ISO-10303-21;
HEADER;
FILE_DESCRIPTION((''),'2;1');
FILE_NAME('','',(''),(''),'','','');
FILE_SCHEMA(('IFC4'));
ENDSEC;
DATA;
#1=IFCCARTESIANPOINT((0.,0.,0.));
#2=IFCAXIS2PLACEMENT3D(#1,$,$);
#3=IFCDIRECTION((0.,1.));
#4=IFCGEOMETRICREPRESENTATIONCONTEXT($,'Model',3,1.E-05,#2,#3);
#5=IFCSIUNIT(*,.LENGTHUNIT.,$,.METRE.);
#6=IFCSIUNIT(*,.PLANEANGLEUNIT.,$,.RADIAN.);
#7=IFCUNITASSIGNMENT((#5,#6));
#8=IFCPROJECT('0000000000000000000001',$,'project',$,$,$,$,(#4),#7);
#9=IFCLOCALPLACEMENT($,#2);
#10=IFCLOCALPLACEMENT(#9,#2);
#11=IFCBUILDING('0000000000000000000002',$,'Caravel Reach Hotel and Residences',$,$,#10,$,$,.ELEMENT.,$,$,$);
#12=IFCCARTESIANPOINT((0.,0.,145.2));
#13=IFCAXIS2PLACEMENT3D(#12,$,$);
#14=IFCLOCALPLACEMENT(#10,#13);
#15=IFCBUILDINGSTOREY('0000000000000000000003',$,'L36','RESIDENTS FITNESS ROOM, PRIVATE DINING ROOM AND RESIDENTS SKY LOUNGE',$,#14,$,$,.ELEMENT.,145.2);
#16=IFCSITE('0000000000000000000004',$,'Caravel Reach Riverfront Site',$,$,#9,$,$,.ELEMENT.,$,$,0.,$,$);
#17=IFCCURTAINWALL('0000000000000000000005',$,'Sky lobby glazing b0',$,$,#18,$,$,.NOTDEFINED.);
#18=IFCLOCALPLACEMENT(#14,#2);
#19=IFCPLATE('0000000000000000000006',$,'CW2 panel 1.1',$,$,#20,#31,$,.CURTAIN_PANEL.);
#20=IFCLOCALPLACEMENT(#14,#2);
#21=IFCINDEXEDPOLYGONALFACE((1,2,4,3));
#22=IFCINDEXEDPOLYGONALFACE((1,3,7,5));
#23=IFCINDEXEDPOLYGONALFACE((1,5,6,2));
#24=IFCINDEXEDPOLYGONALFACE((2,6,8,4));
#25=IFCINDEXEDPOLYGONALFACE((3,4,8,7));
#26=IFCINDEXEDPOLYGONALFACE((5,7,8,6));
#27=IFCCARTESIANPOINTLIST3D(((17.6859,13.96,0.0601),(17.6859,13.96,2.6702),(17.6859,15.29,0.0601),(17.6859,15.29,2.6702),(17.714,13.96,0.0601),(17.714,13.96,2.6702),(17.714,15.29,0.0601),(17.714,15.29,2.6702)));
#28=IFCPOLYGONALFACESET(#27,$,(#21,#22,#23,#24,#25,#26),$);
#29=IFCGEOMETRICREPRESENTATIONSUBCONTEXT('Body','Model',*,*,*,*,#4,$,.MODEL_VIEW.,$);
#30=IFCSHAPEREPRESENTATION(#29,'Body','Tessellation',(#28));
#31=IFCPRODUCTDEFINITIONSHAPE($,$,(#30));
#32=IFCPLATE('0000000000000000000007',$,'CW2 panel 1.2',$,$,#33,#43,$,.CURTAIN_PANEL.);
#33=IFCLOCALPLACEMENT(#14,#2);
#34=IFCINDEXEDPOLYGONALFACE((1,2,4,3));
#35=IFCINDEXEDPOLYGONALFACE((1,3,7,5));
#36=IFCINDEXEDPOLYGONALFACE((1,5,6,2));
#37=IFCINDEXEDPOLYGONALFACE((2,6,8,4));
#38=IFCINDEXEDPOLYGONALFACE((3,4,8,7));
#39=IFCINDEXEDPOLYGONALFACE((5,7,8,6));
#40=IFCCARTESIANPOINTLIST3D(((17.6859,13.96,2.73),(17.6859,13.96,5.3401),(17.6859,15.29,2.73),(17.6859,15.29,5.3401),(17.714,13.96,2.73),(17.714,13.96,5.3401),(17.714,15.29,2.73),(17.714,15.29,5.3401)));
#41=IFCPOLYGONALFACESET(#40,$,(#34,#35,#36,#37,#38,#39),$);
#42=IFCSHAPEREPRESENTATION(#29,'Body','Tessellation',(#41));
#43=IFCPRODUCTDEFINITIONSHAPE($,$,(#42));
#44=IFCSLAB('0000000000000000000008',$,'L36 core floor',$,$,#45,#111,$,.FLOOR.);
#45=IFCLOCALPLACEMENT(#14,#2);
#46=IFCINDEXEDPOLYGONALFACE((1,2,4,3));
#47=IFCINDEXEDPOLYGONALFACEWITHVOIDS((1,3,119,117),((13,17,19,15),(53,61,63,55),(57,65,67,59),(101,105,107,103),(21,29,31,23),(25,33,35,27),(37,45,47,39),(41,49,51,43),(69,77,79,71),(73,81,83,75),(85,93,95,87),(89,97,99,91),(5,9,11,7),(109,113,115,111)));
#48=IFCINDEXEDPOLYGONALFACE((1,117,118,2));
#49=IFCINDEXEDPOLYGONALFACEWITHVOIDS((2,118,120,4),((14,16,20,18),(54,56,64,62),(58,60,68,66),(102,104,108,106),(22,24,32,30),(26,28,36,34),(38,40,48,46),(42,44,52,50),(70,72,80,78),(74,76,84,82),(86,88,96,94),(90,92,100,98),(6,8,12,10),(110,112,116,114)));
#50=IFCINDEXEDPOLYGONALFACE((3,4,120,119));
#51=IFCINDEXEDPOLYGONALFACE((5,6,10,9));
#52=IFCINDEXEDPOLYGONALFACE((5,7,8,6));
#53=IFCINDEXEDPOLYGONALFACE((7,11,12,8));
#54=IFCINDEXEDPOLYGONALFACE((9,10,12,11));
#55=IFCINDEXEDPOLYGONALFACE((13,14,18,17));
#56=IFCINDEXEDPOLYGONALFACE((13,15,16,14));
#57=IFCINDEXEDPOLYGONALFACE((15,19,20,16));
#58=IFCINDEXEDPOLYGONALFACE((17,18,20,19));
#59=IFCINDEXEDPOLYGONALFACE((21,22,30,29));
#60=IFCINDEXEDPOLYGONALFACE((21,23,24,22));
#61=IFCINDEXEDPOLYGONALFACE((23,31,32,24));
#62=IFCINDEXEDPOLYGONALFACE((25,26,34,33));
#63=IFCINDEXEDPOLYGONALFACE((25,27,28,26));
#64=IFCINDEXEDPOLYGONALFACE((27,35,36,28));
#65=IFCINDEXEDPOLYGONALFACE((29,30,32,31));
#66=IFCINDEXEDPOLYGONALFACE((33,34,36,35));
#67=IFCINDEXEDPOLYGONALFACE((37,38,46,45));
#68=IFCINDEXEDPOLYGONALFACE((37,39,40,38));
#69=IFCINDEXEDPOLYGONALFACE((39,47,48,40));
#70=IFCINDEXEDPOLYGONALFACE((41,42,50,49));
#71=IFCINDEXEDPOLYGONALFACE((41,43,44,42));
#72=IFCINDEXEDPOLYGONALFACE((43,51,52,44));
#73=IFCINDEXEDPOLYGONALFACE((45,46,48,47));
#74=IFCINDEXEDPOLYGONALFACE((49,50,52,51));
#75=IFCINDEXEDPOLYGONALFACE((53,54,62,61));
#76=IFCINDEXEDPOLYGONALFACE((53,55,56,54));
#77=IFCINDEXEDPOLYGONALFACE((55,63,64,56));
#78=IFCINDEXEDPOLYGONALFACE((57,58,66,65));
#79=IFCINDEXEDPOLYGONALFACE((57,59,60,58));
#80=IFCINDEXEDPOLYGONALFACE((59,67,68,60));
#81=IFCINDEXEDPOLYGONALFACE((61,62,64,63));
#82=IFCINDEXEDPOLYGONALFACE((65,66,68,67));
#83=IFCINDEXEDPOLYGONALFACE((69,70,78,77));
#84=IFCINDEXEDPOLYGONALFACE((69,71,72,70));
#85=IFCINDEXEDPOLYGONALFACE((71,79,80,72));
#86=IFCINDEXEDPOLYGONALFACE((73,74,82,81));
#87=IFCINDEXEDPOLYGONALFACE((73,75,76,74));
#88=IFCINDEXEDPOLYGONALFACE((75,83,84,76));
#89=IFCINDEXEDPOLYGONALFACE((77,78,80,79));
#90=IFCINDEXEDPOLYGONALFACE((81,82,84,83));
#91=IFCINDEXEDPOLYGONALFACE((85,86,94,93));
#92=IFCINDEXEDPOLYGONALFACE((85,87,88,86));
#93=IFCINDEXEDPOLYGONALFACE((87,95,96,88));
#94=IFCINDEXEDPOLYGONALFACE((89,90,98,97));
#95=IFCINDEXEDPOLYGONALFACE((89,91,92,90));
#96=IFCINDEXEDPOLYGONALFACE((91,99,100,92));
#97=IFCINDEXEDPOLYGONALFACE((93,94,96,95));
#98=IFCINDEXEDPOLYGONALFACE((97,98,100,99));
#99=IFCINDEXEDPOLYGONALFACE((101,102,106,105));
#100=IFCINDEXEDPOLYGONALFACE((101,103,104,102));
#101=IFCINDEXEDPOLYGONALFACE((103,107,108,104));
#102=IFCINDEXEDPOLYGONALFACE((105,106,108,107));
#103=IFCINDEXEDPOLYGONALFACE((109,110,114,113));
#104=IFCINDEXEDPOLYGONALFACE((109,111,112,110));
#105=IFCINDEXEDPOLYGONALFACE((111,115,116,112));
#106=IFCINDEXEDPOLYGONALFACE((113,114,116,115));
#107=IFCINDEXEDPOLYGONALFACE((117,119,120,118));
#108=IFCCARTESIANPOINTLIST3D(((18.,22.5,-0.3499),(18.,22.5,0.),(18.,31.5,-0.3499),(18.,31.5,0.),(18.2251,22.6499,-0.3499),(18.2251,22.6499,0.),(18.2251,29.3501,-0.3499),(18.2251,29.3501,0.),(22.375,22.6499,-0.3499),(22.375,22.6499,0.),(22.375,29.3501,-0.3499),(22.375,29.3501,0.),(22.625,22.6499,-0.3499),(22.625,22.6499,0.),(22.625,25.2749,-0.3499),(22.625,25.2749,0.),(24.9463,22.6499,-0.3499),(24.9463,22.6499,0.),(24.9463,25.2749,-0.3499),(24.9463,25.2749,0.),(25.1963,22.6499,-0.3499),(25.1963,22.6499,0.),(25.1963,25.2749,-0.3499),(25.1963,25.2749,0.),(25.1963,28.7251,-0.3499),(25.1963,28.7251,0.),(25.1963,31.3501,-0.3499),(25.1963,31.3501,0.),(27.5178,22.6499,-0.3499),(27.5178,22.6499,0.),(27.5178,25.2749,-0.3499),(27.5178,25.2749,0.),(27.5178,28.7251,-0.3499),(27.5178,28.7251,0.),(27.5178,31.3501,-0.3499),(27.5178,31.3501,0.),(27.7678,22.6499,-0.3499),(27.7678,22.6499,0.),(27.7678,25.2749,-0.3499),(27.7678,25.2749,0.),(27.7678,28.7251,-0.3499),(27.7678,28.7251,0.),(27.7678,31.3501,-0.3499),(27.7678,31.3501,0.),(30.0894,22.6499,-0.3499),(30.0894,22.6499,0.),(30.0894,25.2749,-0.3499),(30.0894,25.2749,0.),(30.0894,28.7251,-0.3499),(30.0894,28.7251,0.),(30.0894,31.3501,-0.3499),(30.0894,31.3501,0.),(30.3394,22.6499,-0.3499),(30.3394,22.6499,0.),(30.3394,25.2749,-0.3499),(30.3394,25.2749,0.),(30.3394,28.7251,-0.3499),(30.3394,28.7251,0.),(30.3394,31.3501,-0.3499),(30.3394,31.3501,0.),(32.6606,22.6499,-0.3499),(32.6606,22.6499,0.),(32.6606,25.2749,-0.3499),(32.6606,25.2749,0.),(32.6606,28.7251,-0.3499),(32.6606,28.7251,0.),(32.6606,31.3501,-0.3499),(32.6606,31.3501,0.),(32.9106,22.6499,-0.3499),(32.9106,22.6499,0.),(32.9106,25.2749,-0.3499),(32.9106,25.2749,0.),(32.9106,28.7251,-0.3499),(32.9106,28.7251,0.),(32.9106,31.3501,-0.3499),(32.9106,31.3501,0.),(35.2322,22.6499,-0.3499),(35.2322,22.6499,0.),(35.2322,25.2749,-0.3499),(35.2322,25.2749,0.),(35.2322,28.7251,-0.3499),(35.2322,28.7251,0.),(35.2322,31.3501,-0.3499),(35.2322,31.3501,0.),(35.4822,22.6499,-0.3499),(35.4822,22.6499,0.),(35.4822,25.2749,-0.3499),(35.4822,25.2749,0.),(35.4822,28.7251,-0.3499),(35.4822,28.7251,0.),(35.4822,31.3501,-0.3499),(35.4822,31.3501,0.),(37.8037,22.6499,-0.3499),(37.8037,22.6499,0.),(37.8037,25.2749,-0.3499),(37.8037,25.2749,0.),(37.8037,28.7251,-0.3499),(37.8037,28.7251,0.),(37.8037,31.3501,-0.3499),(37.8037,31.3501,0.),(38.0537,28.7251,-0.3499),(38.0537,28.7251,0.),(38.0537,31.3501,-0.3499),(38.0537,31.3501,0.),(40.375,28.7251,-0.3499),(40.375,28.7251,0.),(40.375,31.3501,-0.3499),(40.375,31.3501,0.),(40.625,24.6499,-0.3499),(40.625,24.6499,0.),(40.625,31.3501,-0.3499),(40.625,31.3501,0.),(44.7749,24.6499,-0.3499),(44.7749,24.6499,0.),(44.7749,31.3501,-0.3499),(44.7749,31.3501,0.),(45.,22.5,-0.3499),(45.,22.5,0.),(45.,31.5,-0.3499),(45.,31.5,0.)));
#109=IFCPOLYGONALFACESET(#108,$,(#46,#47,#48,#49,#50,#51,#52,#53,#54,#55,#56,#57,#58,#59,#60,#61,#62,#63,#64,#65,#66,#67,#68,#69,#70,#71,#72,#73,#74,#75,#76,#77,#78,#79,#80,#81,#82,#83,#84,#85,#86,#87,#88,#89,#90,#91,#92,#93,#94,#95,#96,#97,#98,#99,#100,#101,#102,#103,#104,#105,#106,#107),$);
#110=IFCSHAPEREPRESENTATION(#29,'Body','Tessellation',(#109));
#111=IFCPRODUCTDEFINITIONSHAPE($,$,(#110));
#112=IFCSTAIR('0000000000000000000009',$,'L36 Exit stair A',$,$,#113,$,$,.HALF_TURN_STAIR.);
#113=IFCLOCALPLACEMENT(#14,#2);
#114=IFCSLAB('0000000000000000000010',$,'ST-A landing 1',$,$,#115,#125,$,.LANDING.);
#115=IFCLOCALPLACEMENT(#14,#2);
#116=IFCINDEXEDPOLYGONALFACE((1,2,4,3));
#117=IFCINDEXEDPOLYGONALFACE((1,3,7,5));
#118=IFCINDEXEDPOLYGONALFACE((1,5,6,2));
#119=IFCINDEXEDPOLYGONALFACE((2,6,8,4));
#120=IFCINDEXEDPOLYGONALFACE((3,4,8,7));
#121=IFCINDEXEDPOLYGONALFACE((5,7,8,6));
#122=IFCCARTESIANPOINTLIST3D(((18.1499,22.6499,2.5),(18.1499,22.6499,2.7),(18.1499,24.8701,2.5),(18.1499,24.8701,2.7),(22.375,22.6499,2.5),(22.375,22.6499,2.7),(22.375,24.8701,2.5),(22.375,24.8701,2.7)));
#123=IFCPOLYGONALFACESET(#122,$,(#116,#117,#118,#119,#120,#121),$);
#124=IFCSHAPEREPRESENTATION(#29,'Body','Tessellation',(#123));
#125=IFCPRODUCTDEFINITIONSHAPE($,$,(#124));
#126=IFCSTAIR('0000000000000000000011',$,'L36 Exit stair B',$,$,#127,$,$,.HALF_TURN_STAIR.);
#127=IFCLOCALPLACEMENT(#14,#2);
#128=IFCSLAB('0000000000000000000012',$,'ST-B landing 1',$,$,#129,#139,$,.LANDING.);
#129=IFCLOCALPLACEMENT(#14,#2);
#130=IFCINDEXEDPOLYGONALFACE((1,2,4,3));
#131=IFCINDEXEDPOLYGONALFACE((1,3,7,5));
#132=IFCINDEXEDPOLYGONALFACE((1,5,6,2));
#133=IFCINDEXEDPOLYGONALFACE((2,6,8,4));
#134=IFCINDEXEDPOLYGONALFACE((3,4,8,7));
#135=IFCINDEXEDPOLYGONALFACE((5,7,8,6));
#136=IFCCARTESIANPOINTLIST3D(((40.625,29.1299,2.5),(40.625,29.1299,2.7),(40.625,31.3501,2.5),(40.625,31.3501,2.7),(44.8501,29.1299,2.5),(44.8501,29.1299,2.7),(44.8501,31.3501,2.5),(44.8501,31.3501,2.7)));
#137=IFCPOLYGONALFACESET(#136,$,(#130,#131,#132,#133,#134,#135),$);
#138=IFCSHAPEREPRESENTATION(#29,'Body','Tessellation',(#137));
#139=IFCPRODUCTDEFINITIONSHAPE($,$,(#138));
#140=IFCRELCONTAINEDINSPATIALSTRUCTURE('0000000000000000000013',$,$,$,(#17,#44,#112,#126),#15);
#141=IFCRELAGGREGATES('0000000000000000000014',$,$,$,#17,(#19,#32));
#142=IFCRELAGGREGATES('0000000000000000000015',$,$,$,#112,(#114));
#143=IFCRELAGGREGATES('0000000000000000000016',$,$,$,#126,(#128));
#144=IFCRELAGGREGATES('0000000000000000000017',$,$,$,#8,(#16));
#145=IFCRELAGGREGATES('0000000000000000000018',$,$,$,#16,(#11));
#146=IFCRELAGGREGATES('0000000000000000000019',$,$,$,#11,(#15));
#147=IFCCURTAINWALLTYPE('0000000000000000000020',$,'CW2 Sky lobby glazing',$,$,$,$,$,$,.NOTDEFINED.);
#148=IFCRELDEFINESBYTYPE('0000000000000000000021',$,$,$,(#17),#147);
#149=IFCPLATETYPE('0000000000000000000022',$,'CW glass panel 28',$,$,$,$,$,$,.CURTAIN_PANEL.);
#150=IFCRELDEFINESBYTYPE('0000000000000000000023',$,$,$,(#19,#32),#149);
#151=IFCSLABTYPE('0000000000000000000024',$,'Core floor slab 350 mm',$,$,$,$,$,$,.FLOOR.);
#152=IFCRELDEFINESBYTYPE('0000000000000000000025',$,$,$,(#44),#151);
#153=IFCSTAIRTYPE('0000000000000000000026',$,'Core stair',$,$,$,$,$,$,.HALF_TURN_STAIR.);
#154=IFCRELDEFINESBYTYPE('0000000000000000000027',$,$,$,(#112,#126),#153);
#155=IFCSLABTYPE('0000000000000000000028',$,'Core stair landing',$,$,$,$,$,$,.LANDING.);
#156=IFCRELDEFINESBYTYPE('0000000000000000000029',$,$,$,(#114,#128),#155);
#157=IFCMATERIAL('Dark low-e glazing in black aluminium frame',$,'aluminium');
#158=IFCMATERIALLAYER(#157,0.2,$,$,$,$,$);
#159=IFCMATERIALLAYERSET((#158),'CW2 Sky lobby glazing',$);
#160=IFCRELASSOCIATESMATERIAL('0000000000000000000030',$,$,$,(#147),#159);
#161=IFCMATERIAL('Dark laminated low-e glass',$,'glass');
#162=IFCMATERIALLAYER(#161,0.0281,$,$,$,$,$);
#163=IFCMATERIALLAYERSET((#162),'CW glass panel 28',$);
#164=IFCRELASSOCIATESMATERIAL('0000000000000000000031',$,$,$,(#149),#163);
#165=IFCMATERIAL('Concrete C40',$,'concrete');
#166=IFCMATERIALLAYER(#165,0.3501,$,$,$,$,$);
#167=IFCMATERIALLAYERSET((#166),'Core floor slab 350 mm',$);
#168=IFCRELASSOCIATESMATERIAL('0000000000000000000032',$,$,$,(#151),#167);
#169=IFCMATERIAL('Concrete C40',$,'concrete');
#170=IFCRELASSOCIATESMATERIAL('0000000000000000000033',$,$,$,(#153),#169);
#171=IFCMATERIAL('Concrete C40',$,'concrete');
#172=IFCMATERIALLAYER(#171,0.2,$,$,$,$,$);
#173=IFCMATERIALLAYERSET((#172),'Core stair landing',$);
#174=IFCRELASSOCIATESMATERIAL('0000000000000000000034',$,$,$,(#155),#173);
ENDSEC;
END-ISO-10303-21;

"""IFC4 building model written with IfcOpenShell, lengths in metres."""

from ifc_helpers import new_model, si_unit, direction, frame, origin, origin_2d, place, context, subcontext, project, spatial, polyline, rectangle, outline, extrude, material, layer, layer_set, type_object, element, aggregate, save


model = new_model("IFC4")

# Units and contexts
model_context = context("Model", 3, precision=1e-05, world=origin(), true_north=direction((0.0, 1.0)))
body_context = subcontext(model_context, "Body", "Model", "MODEL_VIEW")
ifc_project = project(units=[si_unit("LENGTHUNIT", "METRE"), si_unit("PLANEANGLEUNIT", "RADIAN")], contexts=[model_context])

# Site, building, storey
site_placement = place(None, origin())
site = spatial("IfcSite", under=ifc_project, at=site_placement, Name="Caravel Reach Riverfront Site", CompositionType="ELEMENT", RefElevation=0.0)
building_placement = place(site_placement, origin())
building = spatial("IfcBuilding", under=site, at=building_placement, Name="Caravel Reach Hotel and Residences", CompositionType="ELEMENT")
storey_placement = place(building_placement, frame((0.0, 0.0, 145.2)))
storey = spatial("IfcBuildingStorey", under=building, at=storey_placement, Name="L36", Description="RESIDENTS FITNESS ROOM, PRIVATE DINING ROOM AND RESIDENTS SKY LOUNGE", CompositionType="ELEMENT", Elevation=145.2)

# Curtain wall
ifc_material_1 = material(Name="Dark low-e glazing in black aluminium frame", Category="aluminium")
ifc_layer_1 = layer(ifc_material_1, 0.2)
ifc_layer_set_1 = layer_set([ifc_layer_1], Name="CW2 Sky lobby glazing")
curtain_wall_type = type_object("IfcCurtainWallType", Name="CW2 Sky lobby glazing", PredefinedType="NOTDEFINED", material=ifc_layer_set_1)
curtain_wall_1_placement = place(storey_placement, origin())
curtain_wall_1 = element("IfcCurtainWall", 1, at=curtain_wall_1_placement, inside=storey, type_object=curtain_wall_type, Name="Sky lobby glazing b0", PredefinedType="NOTDEFINED")

# Plates
ifc_material_2 = material(Name="Dark laminated low-e glass", Category="glass")
ifc_layer_2 = layer(ifc_material_2, 0.0281)
ifc_layer_set_2 = layer_set([ifc_layer_2], Name="CW glass panel 28")
plate_type = type_object("IfcPlateType", Name="CW glass panel 28", PredefinedType="CURTAIN_PANEL", material=ifc_layer_set_2)
plate_1_placement = place(storey_placement, frame((17.7, 14.625, 0.0601), z_axis=(0.0, 0.0, 1.0), x_axis=(0.0, -1.0, 0.0)))
plate_1 = element("IfcPlate", 2, at=plate_1_placement, type_object=plate_type, Name="CW2 panel 1.1", PredefinedType="CURTAIN_PANEL", context=body_context, shape_type="SweptSolid", body=[
    extrude(rectangle(XDim=1.3301, YDim=0.0281, at=origin_2d()), origin(), (0.0, 0.0, 1.0), 2.6101),
])
plate_2_placement = place(storey_placement, frame((17.7, 14.625, 2.73), z_axis=(0.0, 0.0, 1.0), x_axis=(0.0, -1.0, 0.0)))
plate_2 = element("IfcPlate", 3, at=plate_2_placement, type_object=plate_type, Name="CW2 panel 1.2", PredefinedType="CURTAIN_PANEL", context=body_context, shape_type="SweptSolid", body=[
    extrude(rectangle(XDim=1.3301, YDim=0.0281, at=origin_2d()), origin(), (0.0, 0.0, 1.0), 2.6101),
])
aggregate(curtain_wall_1, [plate_1, plate_2])

# Slab
ifc_material_3 = material(Name="Concrete C40", Category="concrete")
ifc_layer_3 = layer(ifc_material_3, 0.3501)
ifc_layer_set_3 = layer_set([ifc_layer_3], Name="Core floor slab 350 mm")
slab_type_1 = type_object("IfcSlabType", Name="Core floor slab 350 mm", PredefinedType="FLOOR", material=ifc_layer_set_3)
slab_1_placement = place(storey_placement, frame((0.0, 0.0, -0.3499)))
element("IfcSlab", 4, at=slab_1_placement, inside=storey, type_object=slab_type_1, Name="L36 core floor", PredefinedType="FLOOR", context=body_context, shape_type="SweptSolid", body=[
    extrude(outline(polyline([(18.0, 31.5), (45.0, 31.5), (45.0, 22.5), (18.0, 22.5), (18.0, 31.5)]), holes=[polyline([(22.625, 25.2749), (22.625, 22.6499), (24.9463, 22.6499), (24.9463, 25.2749), (22.625, 25.2749)]), polyline([(27.5178, 25.2749), (25.1963, 25.2749), (25.1963, 22.6499), (27.5178, 22.6499), (27.5178, 25.2749)]), polyline([(30.0894, 25.2749), (27.7678, 25.2749), (27.7678, 22.6499), (30.0894, 22.6499), (30.0894, 25.2749)]), polyline([(32.6606, 25.2749), (30.3394, 25.2749), (30.3394, 22.6499), (32.6606, 22.6499), (32.6606, 25.2749)]), polyline([(18.2251, 22.6499), (22.375, 22.6499), (22.375, 29.3501), (18.2251, 29.3501), (18.2251, 22.6499)]), polyline([(27.5178, 31.3501), (25.1963, 31.3501), (25.1963, 28.7251), (27.5178, 28.7251), (27.5178, 31.3501)]), polyline([(30.0894, 31.3501), (27.7678, 31.3501), (27.7678, 28.7251), (30.0894, 28.7251), (30.0894, 31.3501)]), polyline([(32.9106, 25.2749), (32.9106, 22.6499), (35.2322, 22.6499), (35.2322, 25.2749), (32.9106, 25.2749)]), polyline([(37.8037, 25.2749), (35.4822, 25.2749), (35.4822, 22.6499), (37.8037, 22.6499), (37.8037, 25.2749)]), polyline([(44.7749, 31.3501), (40.625, 31.3501), (40.625, 24.6499), (44.7749, 24.6499), (44.7749, 31.3501)]), polyline([(32.6606, 31.3501), (30.3394, 31.3501), (30.3394, 28.7251), (32.6606, 28.7251), (32.6606, 31.3501)]), polyline([(35.2322, 31.3501), (32.9106, 31.3501), (32.9106, 28.7251), (35.2322, 28.7251), (35.2322, 31.3501)]), polyline([(37.8037, 31.3501), (35.4822, 31.3501), (35.4822, 28.7251), (37.8037, 28.7251), (37.8037, 31.3501)]), polyline([(40.375, 31.3501), (38.0537, 31.3501), (38.0537, 28.7251), (40.375, 28.7251), (40.375, 31.3501)])]), origin(), (0.0, 0.0, 1.0), 0.3499),
])

# Stairs, slabs
ifc_material_4 = material(Name="Concrete C40", Category="concrete")
stair_type = type_object("IfcStairType", Name="Core stair", PredefinedType="HALF_TURN_STAIR", material=ifc_material_4)
stair_1_placement = place(storey_placement, origin())
stair_1 = element("IfcStair", 5, at=stair_1_placement, inside=storey, type_object=stair_type, Name="L36 Exit stair A", PredefinedType="HALF_TURN_STAIR")
ifc_material_5 = material(Name="Concrete C40", Category="concrete")
ifc_layer_4 = layer(ifc_material_5, 0.2)
ifc_layer_set_4 = layer_set([ifc_layer_4], Name="Core stair landing")
slab_type_2 = type_object("IfcSlabType", Name="Core stair landing", PredefinedType="LANDING", material=ifc_layer_set_4)
slab_2_placement = place(storey_placement, frame((0.0, 0.0, 2.5)))
slab_2 = element("IfcSlab", 6, at=slab_2_placement, type_object=slab_type_2, Name="ST-A landing 1", PredefinedType="LANDING", context=body_context, shape_type="SweptSolid", body=[
    extrude(outline(polyline([(18.1499, 24.8701), (18.1499, 22.6499), (22.375, 22.6499), (22.375, 24.8701), (18.1499, 24.8701)])), origin(), (0.0, 0.0, 1.0), 0.2),
])
aggregate(stair_1, [slab_2])
stair_2_placement = place(storey_placement, origin())
stair_2 = element("IfcStair", 7, at=stair_2_placement, inside=storey, type_object=stair_type, Name="L36 Exit stair B", PredefinedType="HALF_TURN_STAIR")
slab_3_placement = place(storey_placement, frame((0.0, 0.0, 2.5)))
slab_3 = element("IfcSlab", 8, at=slab_3_placement, type_object=slab_type_2, Name="ST-B landing 1", PredefinedType="LANDING", context=body_context, shape_type="SweptSolid", body=[
    extrude(outline(polyline([(44.8501, 29.1299), (44.8501, 31.3501), (40.625, 31.3501), (40.625, 29.1299), (44.8501, 29.1299)])), origin(), (0.0, 0.0, 1.0), 0.2),
])
aggregate(stair_2, [slab_3])

save(model, "model.ifc")
